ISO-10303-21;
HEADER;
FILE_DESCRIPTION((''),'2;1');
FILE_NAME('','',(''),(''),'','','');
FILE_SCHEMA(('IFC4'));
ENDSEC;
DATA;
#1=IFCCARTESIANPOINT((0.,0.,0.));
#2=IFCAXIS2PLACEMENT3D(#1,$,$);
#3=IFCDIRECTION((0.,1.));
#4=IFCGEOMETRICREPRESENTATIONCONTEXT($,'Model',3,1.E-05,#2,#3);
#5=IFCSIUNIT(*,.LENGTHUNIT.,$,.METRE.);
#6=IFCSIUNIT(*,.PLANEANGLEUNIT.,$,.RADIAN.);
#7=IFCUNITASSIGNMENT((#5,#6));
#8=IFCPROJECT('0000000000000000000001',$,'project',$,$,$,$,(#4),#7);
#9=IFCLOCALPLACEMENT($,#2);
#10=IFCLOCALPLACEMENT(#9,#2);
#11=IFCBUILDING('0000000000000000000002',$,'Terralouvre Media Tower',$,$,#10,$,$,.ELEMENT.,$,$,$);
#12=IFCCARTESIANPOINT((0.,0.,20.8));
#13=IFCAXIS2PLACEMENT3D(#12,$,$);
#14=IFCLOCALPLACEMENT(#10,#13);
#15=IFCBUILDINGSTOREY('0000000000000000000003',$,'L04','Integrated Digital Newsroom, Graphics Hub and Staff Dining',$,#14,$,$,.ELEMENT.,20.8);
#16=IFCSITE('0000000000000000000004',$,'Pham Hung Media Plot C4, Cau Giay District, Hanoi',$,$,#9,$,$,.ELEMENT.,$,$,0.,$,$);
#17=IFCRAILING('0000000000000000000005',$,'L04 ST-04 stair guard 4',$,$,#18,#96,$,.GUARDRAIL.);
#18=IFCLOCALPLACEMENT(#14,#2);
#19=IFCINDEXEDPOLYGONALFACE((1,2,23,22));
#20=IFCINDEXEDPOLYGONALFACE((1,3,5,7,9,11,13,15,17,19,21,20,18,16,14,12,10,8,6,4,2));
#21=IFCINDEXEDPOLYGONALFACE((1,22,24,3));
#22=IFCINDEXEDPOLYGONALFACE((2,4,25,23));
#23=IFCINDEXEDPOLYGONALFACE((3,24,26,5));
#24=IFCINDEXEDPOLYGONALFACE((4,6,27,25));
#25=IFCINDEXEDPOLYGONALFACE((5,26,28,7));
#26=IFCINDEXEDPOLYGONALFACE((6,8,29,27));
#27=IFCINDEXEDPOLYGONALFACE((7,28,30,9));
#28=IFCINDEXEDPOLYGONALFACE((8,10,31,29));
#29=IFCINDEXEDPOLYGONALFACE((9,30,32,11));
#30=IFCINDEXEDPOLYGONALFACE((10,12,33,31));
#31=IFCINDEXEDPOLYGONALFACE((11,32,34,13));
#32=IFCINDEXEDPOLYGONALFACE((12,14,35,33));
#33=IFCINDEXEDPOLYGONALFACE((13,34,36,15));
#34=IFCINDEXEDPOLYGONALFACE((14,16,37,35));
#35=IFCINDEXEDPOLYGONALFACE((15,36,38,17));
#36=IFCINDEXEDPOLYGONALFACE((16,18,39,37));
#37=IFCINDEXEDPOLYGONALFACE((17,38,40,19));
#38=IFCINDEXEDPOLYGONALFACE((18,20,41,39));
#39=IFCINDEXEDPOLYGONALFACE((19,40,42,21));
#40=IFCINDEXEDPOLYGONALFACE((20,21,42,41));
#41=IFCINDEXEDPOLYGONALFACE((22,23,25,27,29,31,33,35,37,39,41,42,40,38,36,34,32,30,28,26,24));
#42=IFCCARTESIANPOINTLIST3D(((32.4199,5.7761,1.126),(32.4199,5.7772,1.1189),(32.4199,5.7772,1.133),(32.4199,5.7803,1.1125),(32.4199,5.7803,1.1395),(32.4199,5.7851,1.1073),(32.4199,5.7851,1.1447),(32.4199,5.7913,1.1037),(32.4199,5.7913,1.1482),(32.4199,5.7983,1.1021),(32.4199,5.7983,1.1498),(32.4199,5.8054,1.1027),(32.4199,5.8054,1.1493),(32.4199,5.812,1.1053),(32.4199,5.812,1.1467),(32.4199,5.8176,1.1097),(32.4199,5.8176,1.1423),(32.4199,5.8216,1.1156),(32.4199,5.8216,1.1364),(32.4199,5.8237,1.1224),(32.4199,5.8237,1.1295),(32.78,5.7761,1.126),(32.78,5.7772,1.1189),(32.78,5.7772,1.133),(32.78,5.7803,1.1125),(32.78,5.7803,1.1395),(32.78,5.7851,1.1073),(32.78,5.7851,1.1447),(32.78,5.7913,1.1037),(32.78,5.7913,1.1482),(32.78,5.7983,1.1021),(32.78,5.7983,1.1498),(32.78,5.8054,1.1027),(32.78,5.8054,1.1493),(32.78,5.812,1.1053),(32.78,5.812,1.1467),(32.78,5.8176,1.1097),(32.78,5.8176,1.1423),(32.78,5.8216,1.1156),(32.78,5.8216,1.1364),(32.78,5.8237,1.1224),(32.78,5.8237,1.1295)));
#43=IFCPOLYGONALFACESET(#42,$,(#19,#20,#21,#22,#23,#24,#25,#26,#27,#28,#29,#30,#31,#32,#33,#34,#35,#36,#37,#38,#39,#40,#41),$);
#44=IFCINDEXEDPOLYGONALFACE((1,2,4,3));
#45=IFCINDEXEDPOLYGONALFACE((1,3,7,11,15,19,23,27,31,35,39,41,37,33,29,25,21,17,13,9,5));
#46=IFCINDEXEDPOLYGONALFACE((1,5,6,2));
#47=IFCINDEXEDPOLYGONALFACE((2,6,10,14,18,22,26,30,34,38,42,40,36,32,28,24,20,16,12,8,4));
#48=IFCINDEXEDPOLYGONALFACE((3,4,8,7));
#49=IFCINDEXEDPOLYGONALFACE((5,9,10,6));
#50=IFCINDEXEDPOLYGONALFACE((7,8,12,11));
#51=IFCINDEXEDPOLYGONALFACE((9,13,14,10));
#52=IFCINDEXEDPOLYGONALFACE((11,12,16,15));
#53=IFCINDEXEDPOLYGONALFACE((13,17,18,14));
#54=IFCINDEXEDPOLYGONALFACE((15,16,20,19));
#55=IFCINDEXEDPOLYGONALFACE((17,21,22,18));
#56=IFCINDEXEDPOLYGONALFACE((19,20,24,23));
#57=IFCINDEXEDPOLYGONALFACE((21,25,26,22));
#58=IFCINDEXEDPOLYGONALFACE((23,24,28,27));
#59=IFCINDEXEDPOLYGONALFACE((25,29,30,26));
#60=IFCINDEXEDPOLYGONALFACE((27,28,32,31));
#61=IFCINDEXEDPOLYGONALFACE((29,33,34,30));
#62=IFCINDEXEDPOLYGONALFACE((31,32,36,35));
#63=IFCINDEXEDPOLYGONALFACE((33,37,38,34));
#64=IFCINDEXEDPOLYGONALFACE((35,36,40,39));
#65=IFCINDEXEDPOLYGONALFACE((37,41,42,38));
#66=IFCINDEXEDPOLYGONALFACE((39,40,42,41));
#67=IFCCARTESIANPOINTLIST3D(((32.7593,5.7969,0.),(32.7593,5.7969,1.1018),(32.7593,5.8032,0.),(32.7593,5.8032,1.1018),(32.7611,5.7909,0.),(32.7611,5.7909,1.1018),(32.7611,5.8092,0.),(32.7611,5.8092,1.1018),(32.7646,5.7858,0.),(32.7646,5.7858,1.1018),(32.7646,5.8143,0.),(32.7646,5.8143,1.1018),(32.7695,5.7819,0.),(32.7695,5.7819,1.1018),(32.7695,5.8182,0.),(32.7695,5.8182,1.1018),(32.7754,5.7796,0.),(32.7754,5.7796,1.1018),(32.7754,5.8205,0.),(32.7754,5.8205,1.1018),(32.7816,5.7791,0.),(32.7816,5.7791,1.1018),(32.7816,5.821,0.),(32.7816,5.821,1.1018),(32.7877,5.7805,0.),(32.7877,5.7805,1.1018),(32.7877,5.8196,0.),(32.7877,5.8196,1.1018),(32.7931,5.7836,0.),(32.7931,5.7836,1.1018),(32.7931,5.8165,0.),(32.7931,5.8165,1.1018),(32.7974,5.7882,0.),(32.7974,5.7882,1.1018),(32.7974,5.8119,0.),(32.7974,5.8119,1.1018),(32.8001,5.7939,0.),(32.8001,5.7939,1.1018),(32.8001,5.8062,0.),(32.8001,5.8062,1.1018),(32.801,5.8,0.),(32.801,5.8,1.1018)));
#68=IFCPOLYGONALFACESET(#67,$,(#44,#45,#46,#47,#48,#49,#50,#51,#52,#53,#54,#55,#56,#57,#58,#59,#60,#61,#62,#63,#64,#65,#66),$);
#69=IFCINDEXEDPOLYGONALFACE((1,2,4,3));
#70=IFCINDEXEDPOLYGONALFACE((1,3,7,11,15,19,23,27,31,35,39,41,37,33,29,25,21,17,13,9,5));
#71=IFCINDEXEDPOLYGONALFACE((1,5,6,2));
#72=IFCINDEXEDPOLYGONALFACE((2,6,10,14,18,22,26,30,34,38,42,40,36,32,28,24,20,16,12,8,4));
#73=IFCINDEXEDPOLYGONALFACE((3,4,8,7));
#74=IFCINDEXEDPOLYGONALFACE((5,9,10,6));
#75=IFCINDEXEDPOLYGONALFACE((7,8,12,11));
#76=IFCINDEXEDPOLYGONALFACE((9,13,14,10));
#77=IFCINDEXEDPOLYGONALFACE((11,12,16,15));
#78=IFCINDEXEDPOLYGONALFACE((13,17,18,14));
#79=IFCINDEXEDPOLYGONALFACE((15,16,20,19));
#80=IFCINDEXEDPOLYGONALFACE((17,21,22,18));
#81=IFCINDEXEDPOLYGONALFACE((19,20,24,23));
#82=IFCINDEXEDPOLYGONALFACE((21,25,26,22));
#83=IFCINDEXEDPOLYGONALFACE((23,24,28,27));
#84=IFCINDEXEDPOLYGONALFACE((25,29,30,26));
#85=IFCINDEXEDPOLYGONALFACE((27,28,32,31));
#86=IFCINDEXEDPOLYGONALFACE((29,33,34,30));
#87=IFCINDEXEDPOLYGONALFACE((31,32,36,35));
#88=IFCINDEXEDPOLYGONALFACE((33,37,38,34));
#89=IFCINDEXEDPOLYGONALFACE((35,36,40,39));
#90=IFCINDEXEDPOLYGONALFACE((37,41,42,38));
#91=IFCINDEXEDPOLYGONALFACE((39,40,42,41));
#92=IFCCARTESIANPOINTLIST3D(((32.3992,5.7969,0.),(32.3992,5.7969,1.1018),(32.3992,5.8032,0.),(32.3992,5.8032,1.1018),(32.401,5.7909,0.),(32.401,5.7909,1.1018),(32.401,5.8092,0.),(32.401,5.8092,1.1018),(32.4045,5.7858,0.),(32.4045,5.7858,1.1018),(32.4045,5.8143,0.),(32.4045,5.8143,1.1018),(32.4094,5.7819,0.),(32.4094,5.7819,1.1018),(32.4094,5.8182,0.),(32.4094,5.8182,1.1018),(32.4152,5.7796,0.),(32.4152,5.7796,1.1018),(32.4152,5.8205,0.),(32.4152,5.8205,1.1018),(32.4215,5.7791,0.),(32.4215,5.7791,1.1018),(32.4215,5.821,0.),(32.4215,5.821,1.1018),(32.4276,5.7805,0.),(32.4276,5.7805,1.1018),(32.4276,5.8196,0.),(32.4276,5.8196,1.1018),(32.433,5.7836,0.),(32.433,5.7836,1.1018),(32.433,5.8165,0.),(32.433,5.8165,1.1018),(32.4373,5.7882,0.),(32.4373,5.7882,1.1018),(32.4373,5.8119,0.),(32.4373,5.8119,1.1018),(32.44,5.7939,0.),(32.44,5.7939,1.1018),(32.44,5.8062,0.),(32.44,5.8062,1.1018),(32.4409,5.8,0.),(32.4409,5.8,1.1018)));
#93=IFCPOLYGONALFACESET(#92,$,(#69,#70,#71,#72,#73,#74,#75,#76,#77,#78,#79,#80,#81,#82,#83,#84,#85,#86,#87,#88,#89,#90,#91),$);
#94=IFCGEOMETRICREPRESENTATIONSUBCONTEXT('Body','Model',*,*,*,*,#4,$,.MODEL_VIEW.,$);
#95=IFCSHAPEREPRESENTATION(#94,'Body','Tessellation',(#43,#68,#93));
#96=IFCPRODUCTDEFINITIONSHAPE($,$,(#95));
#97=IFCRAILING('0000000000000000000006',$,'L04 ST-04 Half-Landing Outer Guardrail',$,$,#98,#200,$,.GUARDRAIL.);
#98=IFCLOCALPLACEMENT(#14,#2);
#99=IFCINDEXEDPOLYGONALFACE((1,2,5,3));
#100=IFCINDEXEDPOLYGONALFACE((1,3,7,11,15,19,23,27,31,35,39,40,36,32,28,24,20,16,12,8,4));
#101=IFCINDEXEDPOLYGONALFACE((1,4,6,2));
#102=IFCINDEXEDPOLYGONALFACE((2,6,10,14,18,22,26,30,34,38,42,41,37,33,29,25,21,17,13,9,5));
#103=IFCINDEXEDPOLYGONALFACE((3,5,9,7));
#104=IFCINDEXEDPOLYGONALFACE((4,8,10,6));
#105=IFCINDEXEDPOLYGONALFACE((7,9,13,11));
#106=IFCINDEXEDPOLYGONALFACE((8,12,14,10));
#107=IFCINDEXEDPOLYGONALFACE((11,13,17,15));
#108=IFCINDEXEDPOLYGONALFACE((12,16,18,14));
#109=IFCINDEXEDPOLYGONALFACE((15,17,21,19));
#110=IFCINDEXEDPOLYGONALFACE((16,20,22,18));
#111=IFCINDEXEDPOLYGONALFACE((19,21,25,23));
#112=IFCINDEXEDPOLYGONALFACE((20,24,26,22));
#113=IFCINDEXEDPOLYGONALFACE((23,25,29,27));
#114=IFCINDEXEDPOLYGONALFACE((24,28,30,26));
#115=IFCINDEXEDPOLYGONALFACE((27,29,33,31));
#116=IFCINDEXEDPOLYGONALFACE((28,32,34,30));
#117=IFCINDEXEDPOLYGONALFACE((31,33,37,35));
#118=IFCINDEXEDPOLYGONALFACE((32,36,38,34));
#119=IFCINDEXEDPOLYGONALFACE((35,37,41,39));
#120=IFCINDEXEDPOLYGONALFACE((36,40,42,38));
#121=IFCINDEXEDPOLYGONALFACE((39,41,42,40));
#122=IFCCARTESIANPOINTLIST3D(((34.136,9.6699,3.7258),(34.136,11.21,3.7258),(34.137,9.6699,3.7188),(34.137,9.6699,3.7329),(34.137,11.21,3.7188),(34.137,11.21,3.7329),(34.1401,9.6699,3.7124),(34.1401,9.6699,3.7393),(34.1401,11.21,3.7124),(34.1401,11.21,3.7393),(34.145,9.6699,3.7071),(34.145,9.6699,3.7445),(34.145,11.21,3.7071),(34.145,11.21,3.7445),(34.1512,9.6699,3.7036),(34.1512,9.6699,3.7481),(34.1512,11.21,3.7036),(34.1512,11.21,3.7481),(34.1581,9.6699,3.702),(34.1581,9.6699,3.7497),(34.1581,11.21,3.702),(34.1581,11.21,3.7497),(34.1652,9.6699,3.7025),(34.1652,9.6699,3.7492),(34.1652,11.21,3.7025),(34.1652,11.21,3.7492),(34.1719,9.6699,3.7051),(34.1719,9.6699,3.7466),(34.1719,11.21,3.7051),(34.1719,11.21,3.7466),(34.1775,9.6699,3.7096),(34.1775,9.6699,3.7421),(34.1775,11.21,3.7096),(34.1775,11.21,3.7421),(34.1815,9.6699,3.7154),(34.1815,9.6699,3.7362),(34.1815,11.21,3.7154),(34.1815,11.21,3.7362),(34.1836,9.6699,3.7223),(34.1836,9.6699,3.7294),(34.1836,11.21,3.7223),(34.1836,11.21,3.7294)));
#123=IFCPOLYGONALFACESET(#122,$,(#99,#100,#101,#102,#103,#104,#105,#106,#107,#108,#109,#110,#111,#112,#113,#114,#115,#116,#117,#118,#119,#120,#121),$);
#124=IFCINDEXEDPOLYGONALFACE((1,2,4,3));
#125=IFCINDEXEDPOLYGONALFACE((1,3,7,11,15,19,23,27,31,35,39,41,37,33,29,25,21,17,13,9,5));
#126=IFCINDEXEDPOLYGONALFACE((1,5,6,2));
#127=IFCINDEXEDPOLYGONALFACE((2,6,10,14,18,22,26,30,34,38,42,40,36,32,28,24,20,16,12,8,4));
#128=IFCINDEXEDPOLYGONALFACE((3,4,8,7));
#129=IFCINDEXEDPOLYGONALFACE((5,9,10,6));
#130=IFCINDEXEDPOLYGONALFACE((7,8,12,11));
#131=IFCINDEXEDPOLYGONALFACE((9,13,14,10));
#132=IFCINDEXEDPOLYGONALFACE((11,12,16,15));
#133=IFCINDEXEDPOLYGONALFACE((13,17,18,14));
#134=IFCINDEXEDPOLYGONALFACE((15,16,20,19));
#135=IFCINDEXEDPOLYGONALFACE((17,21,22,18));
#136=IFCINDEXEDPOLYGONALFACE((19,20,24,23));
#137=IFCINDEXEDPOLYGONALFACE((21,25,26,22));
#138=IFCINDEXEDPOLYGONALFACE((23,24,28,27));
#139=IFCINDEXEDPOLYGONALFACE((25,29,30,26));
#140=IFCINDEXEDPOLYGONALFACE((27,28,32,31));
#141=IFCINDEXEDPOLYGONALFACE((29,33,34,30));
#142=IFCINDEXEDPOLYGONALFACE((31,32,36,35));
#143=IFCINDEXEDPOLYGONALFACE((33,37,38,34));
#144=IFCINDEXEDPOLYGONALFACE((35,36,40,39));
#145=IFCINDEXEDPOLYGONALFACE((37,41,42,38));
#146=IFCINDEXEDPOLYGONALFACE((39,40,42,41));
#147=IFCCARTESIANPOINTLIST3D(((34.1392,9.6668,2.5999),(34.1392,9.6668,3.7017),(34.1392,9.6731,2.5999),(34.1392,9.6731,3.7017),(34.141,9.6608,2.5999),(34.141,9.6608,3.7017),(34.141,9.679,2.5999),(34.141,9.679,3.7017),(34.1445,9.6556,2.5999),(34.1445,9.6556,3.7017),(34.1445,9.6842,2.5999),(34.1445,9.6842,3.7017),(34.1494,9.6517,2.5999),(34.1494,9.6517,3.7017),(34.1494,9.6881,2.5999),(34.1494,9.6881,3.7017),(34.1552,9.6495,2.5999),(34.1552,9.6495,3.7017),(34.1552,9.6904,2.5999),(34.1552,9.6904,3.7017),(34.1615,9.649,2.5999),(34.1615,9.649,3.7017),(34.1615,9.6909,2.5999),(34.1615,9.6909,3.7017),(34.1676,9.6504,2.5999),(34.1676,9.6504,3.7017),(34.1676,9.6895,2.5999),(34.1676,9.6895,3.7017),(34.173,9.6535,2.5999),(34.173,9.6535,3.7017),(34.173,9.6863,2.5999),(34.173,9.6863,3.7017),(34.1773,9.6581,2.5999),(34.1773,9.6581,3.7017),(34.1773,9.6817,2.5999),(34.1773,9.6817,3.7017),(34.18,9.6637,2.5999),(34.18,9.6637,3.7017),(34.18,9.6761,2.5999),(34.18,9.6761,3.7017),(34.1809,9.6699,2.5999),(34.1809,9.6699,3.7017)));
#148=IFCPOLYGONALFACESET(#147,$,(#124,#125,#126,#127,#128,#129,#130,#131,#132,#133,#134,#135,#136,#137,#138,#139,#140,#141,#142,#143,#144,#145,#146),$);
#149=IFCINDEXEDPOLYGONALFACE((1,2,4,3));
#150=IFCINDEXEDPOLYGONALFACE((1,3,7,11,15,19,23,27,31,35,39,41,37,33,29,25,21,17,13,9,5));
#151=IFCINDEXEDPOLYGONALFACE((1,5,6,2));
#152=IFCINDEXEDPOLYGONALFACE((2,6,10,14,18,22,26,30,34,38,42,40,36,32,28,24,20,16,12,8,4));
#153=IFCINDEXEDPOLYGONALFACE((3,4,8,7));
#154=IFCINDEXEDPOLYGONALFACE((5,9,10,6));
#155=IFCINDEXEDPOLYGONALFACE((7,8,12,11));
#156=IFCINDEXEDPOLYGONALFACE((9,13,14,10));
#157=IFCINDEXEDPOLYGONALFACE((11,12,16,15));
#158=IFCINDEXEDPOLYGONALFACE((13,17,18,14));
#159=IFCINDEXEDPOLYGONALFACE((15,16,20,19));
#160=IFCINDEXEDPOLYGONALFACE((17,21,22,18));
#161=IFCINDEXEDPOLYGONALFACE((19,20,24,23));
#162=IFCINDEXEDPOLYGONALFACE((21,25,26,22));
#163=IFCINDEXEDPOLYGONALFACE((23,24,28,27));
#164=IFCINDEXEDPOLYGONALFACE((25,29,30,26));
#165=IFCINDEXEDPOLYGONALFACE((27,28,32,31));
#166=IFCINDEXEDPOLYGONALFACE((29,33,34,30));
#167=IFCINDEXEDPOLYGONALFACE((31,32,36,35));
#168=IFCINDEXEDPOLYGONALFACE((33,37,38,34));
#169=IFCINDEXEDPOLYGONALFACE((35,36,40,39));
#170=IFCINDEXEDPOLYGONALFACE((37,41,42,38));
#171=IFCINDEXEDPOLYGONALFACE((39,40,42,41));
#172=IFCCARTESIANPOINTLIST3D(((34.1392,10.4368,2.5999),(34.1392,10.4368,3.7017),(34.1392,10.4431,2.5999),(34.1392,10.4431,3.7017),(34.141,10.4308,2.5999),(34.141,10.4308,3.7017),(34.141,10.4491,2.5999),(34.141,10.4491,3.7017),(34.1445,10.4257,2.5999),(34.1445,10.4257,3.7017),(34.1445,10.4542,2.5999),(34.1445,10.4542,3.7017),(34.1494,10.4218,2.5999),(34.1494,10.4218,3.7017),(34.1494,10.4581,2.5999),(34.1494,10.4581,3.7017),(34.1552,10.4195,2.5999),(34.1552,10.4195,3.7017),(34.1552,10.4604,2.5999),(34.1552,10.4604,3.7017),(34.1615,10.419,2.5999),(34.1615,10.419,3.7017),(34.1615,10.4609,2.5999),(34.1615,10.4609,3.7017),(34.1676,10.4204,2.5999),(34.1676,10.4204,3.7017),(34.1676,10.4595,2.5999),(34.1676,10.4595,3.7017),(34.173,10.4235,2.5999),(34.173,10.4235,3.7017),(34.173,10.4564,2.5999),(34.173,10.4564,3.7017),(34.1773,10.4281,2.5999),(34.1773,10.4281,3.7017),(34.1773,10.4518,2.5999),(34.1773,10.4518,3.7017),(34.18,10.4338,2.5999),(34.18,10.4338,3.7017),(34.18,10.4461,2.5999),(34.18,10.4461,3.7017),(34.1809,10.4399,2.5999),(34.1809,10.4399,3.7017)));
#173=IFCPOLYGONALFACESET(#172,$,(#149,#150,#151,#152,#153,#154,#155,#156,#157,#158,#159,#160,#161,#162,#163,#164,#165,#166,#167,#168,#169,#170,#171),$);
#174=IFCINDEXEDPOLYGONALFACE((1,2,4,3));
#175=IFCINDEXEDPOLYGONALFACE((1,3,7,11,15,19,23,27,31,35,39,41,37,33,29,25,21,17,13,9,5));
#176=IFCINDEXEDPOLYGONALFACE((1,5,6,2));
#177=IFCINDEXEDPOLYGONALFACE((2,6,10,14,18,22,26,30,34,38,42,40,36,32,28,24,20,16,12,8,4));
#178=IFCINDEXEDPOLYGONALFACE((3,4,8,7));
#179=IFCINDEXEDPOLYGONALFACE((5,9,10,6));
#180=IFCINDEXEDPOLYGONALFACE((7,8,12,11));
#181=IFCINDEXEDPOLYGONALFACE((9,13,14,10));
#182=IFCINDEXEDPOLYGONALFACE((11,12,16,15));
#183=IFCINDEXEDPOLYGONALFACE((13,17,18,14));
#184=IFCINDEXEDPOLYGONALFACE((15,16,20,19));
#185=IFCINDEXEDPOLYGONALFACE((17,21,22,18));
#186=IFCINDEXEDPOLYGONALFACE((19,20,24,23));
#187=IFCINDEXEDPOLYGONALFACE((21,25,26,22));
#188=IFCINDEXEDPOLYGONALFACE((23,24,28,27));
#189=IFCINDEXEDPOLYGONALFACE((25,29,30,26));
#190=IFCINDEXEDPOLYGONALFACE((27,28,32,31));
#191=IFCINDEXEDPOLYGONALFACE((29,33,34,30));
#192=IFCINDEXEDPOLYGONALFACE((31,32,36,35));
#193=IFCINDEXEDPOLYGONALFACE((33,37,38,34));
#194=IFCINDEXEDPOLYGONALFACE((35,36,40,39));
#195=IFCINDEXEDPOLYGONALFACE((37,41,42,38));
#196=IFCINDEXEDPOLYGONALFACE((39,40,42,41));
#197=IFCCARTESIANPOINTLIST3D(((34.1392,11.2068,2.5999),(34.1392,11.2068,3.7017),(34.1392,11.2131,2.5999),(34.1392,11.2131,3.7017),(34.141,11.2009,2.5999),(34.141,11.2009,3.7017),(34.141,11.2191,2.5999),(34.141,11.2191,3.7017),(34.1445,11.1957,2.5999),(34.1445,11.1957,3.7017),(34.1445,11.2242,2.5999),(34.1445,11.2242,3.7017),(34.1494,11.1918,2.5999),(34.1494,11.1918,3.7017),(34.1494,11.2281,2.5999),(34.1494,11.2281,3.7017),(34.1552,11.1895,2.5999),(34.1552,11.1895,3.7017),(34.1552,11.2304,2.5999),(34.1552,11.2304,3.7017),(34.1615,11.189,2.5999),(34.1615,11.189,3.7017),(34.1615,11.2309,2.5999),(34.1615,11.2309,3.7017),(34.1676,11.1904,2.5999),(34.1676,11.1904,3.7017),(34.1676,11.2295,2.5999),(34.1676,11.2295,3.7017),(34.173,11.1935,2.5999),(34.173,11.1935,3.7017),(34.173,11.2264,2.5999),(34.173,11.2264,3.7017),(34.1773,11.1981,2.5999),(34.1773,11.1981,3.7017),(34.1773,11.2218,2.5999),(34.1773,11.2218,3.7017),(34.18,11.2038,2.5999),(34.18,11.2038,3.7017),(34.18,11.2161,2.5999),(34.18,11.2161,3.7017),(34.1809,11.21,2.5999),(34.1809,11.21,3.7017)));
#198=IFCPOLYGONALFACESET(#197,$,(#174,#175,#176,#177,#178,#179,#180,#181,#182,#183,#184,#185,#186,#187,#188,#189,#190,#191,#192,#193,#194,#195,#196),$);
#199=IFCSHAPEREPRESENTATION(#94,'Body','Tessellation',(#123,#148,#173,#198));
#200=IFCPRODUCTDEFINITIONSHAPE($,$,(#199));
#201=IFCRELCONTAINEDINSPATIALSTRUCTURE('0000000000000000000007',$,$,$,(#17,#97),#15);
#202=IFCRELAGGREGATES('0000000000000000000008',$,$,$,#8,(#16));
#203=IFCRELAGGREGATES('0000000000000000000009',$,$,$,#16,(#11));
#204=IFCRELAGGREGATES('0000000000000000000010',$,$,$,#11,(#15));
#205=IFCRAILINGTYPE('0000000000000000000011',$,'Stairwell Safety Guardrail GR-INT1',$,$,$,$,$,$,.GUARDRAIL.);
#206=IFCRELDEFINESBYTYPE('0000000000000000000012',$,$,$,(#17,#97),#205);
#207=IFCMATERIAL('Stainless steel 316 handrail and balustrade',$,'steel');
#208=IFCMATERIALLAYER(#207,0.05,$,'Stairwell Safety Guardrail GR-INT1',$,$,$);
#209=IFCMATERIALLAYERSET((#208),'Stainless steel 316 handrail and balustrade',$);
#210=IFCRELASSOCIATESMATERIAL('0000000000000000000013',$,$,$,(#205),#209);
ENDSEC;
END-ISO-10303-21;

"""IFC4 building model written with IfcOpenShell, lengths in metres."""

from ifc_helpers import new_model, si_unit, direction, frame, origin, origin_2d, place, context, subcontext, project, spatial, circle, extrude, material, layer, layer_set, type_object, element, save


model = new_model("IFC4")

# Units and contexts
model_context = context("Model", 3, precision=1e-05, world=origin(), true_north=direction((0.0, 1.0)))
body_context = subcontext(model_context, "Body", "Model", "MODEL_VIEW")
ifc_project = project(units=[si_unit("LENGTHUNIT", "METRE"), si_unit("PLANEANGLEUNIT", "RADIAN")], contexts=[model_context])

# Site, building, storey
site_placement = place(None, origin())
site = spatial("IfcSite", under=ifc_project, at=site_placement, Name="Pham Hung Media Plot C4, Cau Giay District, Hanoi", CompositionType="ELEMENT", RefElevation=0.0)
building_placement = place(site_placement, origin())
building = spatial("IfcBuilding", under=site, at=building_placement, Name="Terralouvre Media Tower", CompositionType="ELEMENT")
storey_placement = place(building_placement, frame((0.0, 0.0, 20.8)))
storey = spatial("IfcBuildingStorey", under=building, at=storey_placement, Name="L04", Description="Integrated Digital Newsroom, Graphics Hub and Staff Dining", CompositionType="ELEMENT", Elevation=20.8)

# Railings
ifc_material_1 = material(Name="Stainless steel 316 handrail and balustrade", Category="steel")
ifc_layer_1 = layer(ifc_material_1, 0.05, Name="Stairwell Safety Guardrail GR-INT1")
ifc_layer_set_1 = layer_set([ifc_layer_1], Name="Stainless steel 316 handrail and balustrade")
railing_type_1 = type_object("IfcRailingType", Name="Stairwell Safety Guardrail GR-INT1", PredefinedType="GUARDRAIL", material=ifc_layer_set_1)
railing_1_placement = place(storey_placement, frame((32.78, 5.8, 0.0)))
element("IfcRailing", 1, at=railing_1_placement, inside=storey, type_object=railing_type_1, Name="L04 ST-04 stair guard 4", PredefinedType="GUARDRAIL", context=body_context, shape_type="SweptSolid", body=[
    extrude(circle(Radius=0.0239, at=origin_2d()), frame((0.0, 0.0, 1.126), z_axis=(-1.0, 0.0, 0.0), x_axis=(0.0, -1.0, 0.0)), (0.0, 0.0, 1.0), 0.3601),
    extrude(circle(Radius=0.021, at=origin_2d()), origin(), (0.0, 0.0, 1.0), 1.1018),
    extrude(circle(Radius=0.021, at=origin_2d()), frame((-0.3601, 0.0, 0.0)), (0.0, 0.0, 1.0), 1.1018),
])
railing_2_placement = place(storey_placement, frame((34.1599, 9.6699, 2.5999)))
element("IfcRailing", 2, at=railing_2_placement, inside=storey, type_object=railing_type_1, Name="L04 ST-04 Half-Landing Outer Guardrail", PredefinedType="GUARDRAIL", context=body_context, shape_type="SweptSolid", body=[
    extrude(circle(Radius=0.0239, at=origin_2d()), frame((0.0, 0.0, 1.126), z_axis=(0.0, 1.0, 0.0), x_axis=(-1.0, 0.0, 0.0)), (0.0, 0.0, 1.0), 1.54),
    extrude(circle(Radius=0.021, at=origin_2d()), origin(), (0.0, 0.0, 1.0), 1.1018),
    extrude(circle(Radius=0.021, at=origin_2d()), frame((0.0, 0.77, 0.0)), (0.0, 0.0, 1.0), 1.1018),
    extrude(circle(Radius=0.021, at=origin_2d()), frame((0.0, 1.54, 0.0)), (0.0, 0.0, 1.0), 1.1018),
])

save(model, "model.ifc")
